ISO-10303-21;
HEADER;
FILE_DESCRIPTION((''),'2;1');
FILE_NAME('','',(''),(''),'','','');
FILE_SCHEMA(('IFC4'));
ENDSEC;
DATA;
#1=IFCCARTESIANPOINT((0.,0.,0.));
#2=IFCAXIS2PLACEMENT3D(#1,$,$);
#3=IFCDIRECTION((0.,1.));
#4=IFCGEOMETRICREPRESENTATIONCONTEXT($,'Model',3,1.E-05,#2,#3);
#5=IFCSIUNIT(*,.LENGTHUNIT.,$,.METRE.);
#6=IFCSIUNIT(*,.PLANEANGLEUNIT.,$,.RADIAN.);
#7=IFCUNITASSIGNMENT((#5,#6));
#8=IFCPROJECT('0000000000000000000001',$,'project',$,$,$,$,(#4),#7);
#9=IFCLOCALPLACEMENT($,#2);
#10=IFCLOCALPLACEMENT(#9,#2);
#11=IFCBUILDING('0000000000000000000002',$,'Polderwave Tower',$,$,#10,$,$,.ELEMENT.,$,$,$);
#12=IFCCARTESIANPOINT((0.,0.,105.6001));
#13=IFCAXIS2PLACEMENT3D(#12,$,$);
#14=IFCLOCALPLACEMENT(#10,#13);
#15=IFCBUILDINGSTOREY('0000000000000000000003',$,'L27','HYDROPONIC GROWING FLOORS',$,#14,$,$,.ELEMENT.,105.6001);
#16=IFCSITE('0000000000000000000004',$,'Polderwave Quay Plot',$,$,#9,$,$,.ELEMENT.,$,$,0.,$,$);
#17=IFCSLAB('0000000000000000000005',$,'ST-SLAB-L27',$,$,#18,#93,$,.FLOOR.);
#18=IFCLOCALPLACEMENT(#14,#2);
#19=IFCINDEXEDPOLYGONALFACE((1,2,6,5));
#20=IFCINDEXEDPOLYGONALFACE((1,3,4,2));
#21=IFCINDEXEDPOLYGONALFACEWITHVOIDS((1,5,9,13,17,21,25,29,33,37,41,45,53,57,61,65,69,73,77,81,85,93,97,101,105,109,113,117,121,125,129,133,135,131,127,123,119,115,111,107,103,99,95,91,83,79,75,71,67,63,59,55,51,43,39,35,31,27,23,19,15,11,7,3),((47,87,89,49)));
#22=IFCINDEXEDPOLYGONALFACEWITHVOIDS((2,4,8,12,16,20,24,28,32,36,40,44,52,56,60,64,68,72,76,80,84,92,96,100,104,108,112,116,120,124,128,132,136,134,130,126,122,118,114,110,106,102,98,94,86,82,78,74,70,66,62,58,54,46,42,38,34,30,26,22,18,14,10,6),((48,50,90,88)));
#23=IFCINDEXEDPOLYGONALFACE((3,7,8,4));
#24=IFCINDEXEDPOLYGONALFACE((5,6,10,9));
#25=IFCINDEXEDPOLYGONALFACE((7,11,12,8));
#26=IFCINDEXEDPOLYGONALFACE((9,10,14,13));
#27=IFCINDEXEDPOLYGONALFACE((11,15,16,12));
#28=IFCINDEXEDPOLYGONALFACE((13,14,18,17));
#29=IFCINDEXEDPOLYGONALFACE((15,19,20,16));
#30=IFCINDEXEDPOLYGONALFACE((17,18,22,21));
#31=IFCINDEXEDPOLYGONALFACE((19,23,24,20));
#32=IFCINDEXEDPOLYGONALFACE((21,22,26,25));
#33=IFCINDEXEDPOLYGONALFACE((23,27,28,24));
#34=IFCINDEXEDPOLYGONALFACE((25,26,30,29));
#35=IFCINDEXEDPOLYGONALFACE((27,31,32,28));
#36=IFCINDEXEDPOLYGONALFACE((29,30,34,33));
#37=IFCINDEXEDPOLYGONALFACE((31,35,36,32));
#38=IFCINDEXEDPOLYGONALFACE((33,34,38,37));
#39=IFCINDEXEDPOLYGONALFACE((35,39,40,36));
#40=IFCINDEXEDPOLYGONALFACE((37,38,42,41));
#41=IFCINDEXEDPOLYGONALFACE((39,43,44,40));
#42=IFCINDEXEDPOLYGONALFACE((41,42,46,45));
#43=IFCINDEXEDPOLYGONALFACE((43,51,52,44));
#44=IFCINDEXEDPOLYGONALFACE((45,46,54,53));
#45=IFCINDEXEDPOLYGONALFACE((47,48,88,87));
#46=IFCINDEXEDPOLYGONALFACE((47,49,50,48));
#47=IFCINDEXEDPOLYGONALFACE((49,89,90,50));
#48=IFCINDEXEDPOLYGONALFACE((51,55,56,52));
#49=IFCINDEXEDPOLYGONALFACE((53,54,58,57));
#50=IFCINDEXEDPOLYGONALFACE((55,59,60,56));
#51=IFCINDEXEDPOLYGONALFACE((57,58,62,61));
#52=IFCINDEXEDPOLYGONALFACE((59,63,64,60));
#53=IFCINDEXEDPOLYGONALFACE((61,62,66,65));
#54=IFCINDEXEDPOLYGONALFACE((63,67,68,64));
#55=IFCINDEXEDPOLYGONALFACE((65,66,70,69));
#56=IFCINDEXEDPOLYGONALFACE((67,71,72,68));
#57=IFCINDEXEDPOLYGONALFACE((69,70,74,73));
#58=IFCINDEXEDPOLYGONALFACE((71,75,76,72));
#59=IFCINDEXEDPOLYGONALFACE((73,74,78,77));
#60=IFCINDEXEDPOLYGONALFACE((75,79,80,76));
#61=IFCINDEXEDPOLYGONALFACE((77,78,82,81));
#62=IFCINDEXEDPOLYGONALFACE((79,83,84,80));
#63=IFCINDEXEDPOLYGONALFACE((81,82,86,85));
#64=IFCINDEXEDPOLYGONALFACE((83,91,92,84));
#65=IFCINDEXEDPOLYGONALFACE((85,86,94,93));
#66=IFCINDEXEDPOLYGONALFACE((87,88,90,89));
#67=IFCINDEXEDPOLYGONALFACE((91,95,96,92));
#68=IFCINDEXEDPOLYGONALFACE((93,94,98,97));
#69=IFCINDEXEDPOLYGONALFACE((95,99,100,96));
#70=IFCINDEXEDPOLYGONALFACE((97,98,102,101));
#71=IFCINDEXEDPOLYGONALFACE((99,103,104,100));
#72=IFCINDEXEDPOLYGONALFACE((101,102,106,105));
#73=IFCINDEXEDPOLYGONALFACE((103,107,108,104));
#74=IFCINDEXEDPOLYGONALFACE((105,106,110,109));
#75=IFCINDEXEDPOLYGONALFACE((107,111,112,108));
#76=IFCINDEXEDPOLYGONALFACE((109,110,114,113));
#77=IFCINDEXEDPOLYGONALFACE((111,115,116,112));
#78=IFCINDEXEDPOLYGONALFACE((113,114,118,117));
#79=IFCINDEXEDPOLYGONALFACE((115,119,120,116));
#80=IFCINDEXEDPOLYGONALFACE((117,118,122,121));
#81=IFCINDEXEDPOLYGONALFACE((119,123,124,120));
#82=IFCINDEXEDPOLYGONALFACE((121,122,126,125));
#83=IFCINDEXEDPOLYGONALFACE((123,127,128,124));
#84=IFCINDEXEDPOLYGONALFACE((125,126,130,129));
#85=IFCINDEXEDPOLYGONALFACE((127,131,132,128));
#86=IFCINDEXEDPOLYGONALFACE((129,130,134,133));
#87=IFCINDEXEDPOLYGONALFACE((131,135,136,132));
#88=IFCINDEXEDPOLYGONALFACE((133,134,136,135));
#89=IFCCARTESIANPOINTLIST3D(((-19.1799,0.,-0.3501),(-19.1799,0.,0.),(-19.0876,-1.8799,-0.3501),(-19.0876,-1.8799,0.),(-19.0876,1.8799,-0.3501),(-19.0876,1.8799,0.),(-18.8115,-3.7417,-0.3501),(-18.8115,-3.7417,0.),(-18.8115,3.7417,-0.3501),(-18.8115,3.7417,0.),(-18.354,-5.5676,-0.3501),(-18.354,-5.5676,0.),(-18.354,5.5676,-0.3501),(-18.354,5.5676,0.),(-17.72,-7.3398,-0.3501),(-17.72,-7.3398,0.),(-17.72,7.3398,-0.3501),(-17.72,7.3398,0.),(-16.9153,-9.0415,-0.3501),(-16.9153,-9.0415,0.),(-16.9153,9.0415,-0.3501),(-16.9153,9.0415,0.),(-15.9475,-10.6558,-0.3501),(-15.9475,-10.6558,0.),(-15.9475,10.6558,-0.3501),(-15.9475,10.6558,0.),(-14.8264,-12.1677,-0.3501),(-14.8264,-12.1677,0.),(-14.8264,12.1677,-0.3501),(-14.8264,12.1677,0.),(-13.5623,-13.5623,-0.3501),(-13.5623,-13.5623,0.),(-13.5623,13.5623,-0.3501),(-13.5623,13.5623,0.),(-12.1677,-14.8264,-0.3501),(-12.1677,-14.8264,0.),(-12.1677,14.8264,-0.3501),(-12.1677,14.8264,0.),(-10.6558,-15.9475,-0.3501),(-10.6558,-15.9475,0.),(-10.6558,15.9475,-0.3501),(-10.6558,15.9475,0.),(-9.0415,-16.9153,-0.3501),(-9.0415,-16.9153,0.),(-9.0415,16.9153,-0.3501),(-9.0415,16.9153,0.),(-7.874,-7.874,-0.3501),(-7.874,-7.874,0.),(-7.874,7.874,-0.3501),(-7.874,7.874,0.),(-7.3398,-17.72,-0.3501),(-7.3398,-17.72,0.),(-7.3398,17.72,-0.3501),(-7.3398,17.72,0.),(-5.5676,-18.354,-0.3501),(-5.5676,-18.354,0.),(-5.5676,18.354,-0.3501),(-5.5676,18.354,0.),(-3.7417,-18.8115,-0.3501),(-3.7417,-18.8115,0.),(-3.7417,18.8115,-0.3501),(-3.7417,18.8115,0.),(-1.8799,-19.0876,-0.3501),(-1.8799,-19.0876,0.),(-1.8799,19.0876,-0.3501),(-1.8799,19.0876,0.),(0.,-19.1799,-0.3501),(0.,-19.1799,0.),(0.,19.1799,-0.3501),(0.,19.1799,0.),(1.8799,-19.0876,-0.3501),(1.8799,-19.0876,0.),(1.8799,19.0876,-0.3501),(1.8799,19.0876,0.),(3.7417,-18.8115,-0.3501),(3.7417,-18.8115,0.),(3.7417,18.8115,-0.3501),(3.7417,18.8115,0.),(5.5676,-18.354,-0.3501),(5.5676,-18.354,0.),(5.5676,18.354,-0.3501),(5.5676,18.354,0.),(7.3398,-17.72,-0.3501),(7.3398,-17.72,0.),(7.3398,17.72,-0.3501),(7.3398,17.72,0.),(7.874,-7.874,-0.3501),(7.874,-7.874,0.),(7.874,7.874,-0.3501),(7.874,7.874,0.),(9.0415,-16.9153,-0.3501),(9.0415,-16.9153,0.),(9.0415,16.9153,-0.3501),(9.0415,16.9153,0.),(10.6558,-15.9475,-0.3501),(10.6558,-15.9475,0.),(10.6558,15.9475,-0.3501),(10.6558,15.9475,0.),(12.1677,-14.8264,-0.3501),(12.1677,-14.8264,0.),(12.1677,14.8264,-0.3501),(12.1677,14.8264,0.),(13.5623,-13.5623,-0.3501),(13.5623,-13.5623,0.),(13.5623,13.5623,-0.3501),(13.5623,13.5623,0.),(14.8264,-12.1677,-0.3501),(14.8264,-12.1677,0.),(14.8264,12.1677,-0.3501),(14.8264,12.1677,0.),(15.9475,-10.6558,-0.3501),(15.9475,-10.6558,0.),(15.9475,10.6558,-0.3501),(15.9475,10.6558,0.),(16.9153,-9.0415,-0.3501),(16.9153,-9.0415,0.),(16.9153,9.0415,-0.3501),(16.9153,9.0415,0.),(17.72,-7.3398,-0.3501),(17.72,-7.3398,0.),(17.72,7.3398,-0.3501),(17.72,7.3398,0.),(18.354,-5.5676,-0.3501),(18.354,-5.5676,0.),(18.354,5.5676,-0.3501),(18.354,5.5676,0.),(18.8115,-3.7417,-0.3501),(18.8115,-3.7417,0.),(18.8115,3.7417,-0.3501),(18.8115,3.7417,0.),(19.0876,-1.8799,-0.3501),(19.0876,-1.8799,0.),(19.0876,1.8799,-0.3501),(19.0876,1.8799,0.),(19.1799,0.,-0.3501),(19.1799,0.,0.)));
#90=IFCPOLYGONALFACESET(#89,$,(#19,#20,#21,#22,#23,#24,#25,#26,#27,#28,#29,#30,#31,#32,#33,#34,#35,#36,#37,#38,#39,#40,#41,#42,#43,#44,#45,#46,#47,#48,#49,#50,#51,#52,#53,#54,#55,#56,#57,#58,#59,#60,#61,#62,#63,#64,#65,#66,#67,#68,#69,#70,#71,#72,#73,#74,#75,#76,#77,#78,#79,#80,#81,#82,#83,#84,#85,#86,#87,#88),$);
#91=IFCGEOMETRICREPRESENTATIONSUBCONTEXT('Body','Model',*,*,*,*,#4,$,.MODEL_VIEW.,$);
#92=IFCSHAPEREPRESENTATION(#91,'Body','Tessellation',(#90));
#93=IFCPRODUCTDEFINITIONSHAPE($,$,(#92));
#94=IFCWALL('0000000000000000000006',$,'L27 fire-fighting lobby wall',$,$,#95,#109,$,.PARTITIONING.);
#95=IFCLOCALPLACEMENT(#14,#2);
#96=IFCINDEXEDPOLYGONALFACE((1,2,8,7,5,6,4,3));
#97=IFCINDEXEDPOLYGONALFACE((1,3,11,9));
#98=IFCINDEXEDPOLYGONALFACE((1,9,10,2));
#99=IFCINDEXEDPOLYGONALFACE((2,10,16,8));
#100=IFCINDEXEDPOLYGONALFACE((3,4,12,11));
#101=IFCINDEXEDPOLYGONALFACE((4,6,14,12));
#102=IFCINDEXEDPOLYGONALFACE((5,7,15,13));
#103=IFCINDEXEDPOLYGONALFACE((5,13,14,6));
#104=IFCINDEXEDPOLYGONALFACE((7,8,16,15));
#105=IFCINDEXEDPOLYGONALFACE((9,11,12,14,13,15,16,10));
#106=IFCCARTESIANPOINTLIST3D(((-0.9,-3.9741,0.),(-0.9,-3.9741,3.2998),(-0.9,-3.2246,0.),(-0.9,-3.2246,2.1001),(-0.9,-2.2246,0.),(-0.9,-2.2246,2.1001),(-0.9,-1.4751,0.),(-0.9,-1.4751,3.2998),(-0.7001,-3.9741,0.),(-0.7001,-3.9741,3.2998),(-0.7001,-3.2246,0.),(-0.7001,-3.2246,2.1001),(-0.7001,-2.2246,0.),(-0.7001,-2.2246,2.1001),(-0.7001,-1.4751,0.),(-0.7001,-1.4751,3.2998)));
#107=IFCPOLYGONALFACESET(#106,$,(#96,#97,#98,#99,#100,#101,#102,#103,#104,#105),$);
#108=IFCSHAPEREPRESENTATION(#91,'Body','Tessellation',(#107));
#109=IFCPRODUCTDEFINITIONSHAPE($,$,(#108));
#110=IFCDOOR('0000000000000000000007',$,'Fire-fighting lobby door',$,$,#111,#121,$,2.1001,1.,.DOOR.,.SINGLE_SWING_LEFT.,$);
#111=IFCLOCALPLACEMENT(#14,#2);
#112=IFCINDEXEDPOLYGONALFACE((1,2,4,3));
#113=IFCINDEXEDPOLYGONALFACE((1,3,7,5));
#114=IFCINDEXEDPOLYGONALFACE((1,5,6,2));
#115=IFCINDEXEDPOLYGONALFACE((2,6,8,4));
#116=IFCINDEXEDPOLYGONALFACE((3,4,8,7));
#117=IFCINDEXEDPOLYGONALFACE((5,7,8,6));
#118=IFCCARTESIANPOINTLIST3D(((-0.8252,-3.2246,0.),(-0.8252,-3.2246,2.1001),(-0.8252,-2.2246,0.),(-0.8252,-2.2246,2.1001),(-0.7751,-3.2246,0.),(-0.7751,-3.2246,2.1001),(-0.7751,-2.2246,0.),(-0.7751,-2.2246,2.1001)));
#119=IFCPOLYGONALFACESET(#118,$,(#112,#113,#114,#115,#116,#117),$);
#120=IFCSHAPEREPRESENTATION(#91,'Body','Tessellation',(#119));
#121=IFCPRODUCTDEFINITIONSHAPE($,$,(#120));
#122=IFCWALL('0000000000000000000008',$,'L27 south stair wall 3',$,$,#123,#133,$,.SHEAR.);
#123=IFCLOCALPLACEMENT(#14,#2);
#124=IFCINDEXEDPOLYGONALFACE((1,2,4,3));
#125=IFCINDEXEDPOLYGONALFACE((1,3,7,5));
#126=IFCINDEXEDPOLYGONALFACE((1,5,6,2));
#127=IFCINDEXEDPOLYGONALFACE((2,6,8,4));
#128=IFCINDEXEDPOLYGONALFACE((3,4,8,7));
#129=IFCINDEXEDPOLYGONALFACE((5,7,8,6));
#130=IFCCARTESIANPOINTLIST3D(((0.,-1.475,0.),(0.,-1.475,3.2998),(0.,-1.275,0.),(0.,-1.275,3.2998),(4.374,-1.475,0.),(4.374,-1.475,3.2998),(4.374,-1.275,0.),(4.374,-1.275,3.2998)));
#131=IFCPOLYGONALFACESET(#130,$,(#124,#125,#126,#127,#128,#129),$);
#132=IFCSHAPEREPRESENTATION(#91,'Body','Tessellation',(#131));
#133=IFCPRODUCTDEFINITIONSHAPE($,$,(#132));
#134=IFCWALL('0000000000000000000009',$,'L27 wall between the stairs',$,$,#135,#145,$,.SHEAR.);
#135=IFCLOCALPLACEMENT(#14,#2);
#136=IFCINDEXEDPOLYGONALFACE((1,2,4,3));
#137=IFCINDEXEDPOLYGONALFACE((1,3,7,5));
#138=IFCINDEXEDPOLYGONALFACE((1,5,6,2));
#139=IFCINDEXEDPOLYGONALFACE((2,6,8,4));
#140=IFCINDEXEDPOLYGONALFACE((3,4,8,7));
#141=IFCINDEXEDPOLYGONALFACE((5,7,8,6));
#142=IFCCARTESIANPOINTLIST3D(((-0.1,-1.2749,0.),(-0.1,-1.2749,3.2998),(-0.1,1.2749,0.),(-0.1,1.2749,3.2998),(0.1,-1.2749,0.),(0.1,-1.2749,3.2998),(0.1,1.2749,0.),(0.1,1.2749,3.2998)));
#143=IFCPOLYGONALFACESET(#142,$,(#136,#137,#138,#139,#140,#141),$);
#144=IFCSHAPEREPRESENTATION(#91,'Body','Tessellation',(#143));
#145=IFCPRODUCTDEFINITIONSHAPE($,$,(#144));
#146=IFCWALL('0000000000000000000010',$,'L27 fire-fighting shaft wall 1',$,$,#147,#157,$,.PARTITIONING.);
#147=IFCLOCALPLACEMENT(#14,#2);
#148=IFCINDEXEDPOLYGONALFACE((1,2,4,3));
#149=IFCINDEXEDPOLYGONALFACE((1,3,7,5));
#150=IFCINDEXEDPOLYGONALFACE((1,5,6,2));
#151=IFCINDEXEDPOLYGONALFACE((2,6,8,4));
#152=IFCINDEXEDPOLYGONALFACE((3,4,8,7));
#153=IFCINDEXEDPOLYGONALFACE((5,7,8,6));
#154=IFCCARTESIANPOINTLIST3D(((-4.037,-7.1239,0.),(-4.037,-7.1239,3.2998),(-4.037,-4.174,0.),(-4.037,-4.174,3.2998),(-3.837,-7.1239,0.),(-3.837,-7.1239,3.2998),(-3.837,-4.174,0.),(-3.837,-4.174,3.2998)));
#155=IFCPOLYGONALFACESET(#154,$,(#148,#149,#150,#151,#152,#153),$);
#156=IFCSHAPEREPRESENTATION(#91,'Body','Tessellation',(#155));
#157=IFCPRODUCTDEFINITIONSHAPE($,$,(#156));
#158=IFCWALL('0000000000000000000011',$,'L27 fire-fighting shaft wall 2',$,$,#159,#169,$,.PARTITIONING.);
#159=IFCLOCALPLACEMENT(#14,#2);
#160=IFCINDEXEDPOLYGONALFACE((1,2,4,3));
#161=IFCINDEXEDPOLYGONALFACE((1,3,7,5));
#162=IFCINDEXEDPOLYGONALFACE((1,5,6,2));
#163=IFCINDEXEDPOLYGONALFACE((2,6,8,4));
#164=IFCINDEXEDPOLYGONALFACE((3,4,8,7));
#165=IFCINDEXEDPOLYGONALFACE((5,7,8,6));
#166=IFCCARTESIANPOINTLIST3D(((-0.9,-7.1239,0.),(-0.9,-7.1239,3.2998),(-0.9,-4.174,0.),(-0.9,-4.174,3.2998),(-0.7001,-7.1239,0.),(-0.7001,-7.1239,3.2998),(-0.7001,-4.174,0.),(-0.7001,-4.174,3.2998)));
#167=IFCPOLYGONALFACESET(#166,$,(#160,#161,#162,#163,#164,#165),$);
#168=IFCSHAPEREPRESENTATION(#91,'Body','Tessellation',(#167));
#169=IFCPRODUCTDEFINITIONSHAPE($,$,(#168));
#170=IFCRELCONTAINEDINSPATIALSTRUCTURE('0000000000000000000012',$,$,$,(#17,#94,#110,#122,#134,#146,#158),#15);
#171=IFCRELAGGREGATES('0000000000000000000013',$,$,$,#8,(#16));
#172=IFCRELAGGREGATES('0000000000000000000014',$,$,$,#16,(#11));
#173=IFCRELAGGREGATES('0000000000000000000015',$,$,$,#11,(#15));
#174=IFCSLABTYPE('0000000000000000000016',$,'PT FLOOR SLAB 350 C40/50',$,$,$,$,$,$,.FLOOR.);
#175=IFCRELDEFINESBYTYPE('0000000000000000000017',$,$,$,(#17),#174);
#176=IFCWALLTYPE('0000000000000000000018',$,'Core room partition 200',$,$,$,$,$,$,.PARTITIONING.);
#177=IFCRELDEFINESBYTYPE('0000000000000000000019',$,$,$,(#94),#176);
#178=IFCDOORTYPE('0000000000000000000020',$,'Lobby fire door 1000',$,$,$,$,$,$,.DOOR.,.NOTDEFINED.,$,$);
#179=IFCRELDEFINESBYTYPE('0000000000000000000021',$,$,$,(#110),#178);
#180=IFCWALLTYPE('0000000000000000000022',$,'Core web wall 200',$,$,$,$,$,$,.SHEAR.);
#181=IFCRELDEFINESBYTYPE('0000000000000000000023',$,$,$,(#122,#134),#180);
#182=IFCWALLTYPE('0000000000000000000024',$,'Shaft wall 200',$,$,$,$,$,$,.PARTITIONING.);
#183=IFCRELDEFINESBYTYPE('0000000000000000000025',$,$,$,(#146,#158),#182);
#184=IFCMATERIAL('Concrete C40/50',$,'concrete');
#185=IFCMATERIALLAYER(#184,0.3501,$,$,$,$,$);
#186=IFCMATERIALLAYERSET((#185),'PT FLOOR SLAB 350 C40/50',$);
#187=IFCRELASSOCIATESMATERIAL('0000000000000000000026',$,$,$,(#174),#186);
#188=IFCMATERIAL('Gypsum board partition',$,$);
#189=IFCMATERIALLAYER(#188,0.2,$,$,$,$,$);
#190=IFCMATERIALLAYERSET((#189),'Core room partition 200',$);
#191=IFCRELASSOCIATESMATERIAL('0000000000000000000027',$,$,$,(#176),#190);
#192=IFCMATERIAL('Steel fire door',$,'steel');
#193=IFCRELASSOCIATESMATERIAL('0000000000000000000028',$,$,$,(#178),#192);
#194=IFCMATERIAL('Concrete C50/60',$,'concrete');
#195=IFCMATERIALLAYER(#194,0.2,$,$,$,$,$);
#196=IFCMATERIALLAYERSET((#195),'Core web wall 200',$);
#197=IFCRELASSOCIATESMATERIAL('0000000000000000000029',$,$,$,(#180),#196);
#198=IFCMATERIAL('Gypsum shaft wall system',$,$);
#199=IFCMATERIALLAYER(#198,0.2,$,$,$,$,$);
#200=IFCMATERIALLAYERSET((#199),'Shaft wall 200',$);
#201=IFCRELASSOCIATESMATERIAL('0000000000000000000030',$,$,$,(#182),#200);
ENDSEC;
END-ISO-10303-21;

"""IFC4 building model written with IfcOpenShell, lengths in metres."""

from ifc_helpers import new_model, si_unit, direction, frame, frame_2d, origin, place, context, subcontext, project, spatial, polyline, rectangle, outline, extrude, material, layer, layer_set, type_object, element, fill, save


model = new_model("IFC4")

# Units and contexts
model_context = context("Model", 3, precision=1e-05, world=origin(), true_north=direction((0.0, 1.0)))
body_context = subcontext(model_context, "Body", "Model", "MODEL_VIEW")
ifc_project = project(units=[si_unit("LENGTHUNIT", "METRE"), si_unit("PLANEANGLEUNIT", "RADIAN")], contexts=[model_context])

# Site, building, storey
site_placement = place(None, origin())
site = spatial("IfcSite", under=ifc_project, at=site_placement, Name="Polderwave Quay Plot", CompositionType="ELEMENT", RefElevation=0.0)
building_placement = place(site_placement, origin())
building = spatial("IfcBuilding", under=site, at=building_placement, Name="Polderwave Tower", CompositionType="ELEMENT")
storey_placement = place(building_placement, frame((0.0, 0.0, 105.6001)))
storey = spatial("IfcBuildingStorey", under=building, at=storey_placement, Name="L27", Description="HYDROPONIC GROWING FLOORS", CompositionType="ELEMENT", Elevation=105.6001)

# Slab
ifc_material_1 = material(Name="Concrete C40/50", Category="concrete")
ifc_layer_1 = layer(ifc_material_1, 0.3501)
ifc_layer_set_1 = layer_set([ifc_layer_1], Name="PT FLOOR SLAB 350 C40/50")
slab_type = type_object("IfcSlabType", Name="PT FLOOR SLAB 350 C40/50", PredefinedType="FLOOR", material=ifc_layer_set_1)
slab_placement = place(storey_placement, frame((0.0, 0.0, -0.3501)))
element("IfcSlab", 1, at=slab_placement, inside=storey, type_object=slab_type, Name="ST-SLAB-L27", PredefinedType="FLOOR", context=body_context, shape_type="SweptSolid", body=[
    extrude(outline(polyline([(19.1799, 0.0), (19.0876, 1.8799), (18.8115, 3.7417), (18.354, 5.5676), (17.72, 7.3398), (16.9153, 9.0415), (15.9475, 10.6558), (14.8264, 12.1677), (13.5623, 13.5623), (12.1677, 14.8264), (10.6558, 15.9475), (9.0415, 16.9153), (7.3398, 17.72), (5.5676, 18.354), (3.7417, 18.8115), (1.8799, 19.0876), (0.0, 19.1799), (-1.8799, 19.0876), (-3.7417, 18.8115), (-5.5676, 18.354), (-7.3398, 17.72), (-9.0415, 16.9153), (-10.6558, 15.9475), (-12.1677, 14.8264), (-13.5623, 13.5623), (-14.8264, 12.1677), (-15.9475, 10.6558), (-16.9153, 9.0415), (-17.72, 7.3398), (-18.354, 5.5676), (-18.8115, 3.7417), (-19.0876, 1.8799), (-19.1799, 0.0), (-19.0876, -1.8799), (-18.8115, -3.7417), (-18.354, -5.5676), (-17.72, -7.3398), (-16.9153, -9.0415), (-15.9475, -10.6558), (-14.8264, -12.1677), (-13.5623, -13.5623), (-12.1677, -14.8264), (-10.6558, -15.9475), (-9.0415, -16.9153), (-7.3398, -17.72), (-5.5676, -18.354), (-3.7417, -18.8115), (-1.8799, -19.0876), (0.0, -19.1799), (1.8799, -19.0876), (3.7417, -18.8115), (5.5676, -18.354), (7.3398, -17.72), (9.0415, -16.9153), (10.6558, -15.9475), (12.1677, -14.8264), (13.5623, -13.5623), (14.8264, -12.1677), (15.9475, -10.6558), (16.9153, -9.0415), (17.72, -7.3398), (18.354, -5.5676), (18.8115, -3.7417), (19.0876, -1.8799), (19.1799, 0.0)]), holes=[polyline([(-7.874, -7.874), (7.874, -7.874), (7.874, 7.874), (-7.874, 7.874), (-7.874, -7.874)])]), origin(), (0.0, 0.0, 1.0), 0.3501),
])

# Wall, opening, door
ifc_material_2 = material(Name="Gypsum board partition")
ifc_layer_2 = layer(ifc_material_2, 0.2)
ifc_layer_set_2 = layer_set([ifc_layer_2], Name="Core room partition 200")
wall_type_1 = type_object("IfcWallType", Name="Core room partition 200", PredefinedType="PARTITIONING", material=ifc_layer_set_2)
wall_1_placement = place(storey_placement, frame((-0.8, -3.9741, 0.0), z_axis=(0.0, 0.0, 1.0), x_axis=(0.0, 1.0, 0.0)))
wall_1 = element("IfcWall", 2, at=wall_1_placement, inside=storey, type_object=wall_type_1, Name="L27 fire-fighting lobby wall", PredefinedType="PARTITIONING", context=body_context, shape_type="SweptSolid", body=[
    extrude(rectangle(XDim=2.499, YDim=0.2, at=frame_2d((1.2495, 0.0))), origin(), (0.0, 0.0, 1.0), 3.2998),
])
opening_placement = place(wall_1_placement, frame((0.7495, 0.0, 0.0)))
opening = element("IfcOpeningElement", 3, at=opening_placement, cuts=wall_1, PredefinedType="OPENING", context=body_context, shape_type="SweptSolid", body=[
    extrude(rectangle(XDim=1.0, YDim=2.1001, at=frame_2d((0.5, 1.05))), frame((0.0, 0.1099, 0.0), z_axis=(0.0, -1.0, 0.0), x_axis=(1.0, 0.0, 0.0)), (0.0, 0.0, 1.0), 0.22),
])
ifc_material_3 = material(Name="Steel fire door", Category="steel")
door_type = type_object("IfcDoorType", Name="Lobby fire door 1000", OperationType="NOTDEFINED", PredefinedType="DOOR", material=ifc_material_3)
door_placement = place(opening_placement, frame((1.0, 0.0, 0.0), z_axis=(0.0, 0.0, 1.0), x_axis=(-1.0, 0.0, 0.0)))
door = element("IfcDoor", 4, at=door_placement, inside=storey, type_object=door_type, Name="Fire-fighting lobby door", OperationType="SINGLE_SWING_LEFT", OverallHeight=2.1001, OverallWidth=1.0, PredefinedType="DOOR", context=body_context, shape_type="SweptSolid", body=[
    extrude(rectangle(XDim=1.0, YDim=2.1001, at=frame_2d((0.5, 1.05))), frame((0.0, 0.0249, 0.0), z_axis=(0.0, -1.0, 0.0), x_axis=(1.0, 0.0, 0.0)), (0.0, 0.0, 1.0), 0.05),
])
fill(opening, door)

# Walls
ifc_material_4 = material(Name="Concrete C50/60", Category="concrete")
ifc_layer_3 = layer(ifc_material_4, 0.2)
ifc_layer_set_3 = layer_set([ifc_layer_3], Name="Core web wall 200")
wall_type_2 = type_object("IfcWallType", Name="Core web wall 200", PredefinedType="SHEAR", material=ifc_layer_set_3)
wall_2_placement = place(storey_placement, frame((0.0, -1.375, 0.0), z_axis=(0.0, 0.0, 1.0), x_axis=(1.0, 0.0, 0.0)))
element("IfcWall", 5, at=wall_2_placement, inside=storey, type_object=wall_type_2, Name="L27 south stair wall 3", PredefinedType="SHEAR", context=body_context, shape_type="SweptSolid", body=[
    extrude(rectangle(XDim=4.374, YDim=0.2, at=frame_2d((2.187, 0.0))), origin(), (0.0, 0.0, 1.0), 3.2998),
])
wall_3_placement = place(storey_placement, frame((0.0, -1.2749, 0.0), z_axis=(0.0, 0.0, 1.0), x_axis=(0.0, 1.0, 0.0)))
element("IfcWall", 6, at=wall_3_placement, inside=storey, type_object=wall_type_2, Name="L27 wall between the stairs", PredefinedType="SHEAR", context=body_context, shape_type="SweptSolid", body=[
    extrude(rectangle(XDim=2.5498, YDim=0.2, at=frame_2d((1.2749, 0.0))), origin(), (0.0, 0.0, 1.0), 3.2998),
])
ifc_material_5 = material(Name="Gypsum shaft wall system")
ifc_layer_4 = layer(ifc_material_5, 0.2)
ifc_layer_set_4 = layer_set([ifc_layer_4], Name="Shaft wall 200")
wall_type_3 = type_object("IfcWallType", Name="Shaft wall 200", PredefinedType="PARTITIONING", material=ifc_layer_set_4)
for number, where, z_axis, x_axis, name in (
    (7, (-3.937, -7.124, 0.0), (0.0, 0.0, 1.0), (0.0, 1.0, 0.0), "L27 fire-fighting shaft wall 1"),
    (8, (-0.8, -7.124, 0.0), (0.0, 0.0, 1.0), (0.0, 1.0, 0.0), "L27 fire-fighting shaft wall 2"),
):
    element("IfcWall", number, at=place(storey_placement, frame(where, z_axis=z_axis, x_axis=x_axis)), inside=storey, type_object=wall_type_3, Name=name, PredefinedType="PARTITIONING", context=body_context, shape_type="SweptSolid", body=[
        extrude(rectangle(XDim=2.95, YDim=0.2, at=frame_2d((1.4751, 0.0))), origin(), (0.0, 0.0, 1.0), 3.2998),
    ])

save(model, "model.ifc")
